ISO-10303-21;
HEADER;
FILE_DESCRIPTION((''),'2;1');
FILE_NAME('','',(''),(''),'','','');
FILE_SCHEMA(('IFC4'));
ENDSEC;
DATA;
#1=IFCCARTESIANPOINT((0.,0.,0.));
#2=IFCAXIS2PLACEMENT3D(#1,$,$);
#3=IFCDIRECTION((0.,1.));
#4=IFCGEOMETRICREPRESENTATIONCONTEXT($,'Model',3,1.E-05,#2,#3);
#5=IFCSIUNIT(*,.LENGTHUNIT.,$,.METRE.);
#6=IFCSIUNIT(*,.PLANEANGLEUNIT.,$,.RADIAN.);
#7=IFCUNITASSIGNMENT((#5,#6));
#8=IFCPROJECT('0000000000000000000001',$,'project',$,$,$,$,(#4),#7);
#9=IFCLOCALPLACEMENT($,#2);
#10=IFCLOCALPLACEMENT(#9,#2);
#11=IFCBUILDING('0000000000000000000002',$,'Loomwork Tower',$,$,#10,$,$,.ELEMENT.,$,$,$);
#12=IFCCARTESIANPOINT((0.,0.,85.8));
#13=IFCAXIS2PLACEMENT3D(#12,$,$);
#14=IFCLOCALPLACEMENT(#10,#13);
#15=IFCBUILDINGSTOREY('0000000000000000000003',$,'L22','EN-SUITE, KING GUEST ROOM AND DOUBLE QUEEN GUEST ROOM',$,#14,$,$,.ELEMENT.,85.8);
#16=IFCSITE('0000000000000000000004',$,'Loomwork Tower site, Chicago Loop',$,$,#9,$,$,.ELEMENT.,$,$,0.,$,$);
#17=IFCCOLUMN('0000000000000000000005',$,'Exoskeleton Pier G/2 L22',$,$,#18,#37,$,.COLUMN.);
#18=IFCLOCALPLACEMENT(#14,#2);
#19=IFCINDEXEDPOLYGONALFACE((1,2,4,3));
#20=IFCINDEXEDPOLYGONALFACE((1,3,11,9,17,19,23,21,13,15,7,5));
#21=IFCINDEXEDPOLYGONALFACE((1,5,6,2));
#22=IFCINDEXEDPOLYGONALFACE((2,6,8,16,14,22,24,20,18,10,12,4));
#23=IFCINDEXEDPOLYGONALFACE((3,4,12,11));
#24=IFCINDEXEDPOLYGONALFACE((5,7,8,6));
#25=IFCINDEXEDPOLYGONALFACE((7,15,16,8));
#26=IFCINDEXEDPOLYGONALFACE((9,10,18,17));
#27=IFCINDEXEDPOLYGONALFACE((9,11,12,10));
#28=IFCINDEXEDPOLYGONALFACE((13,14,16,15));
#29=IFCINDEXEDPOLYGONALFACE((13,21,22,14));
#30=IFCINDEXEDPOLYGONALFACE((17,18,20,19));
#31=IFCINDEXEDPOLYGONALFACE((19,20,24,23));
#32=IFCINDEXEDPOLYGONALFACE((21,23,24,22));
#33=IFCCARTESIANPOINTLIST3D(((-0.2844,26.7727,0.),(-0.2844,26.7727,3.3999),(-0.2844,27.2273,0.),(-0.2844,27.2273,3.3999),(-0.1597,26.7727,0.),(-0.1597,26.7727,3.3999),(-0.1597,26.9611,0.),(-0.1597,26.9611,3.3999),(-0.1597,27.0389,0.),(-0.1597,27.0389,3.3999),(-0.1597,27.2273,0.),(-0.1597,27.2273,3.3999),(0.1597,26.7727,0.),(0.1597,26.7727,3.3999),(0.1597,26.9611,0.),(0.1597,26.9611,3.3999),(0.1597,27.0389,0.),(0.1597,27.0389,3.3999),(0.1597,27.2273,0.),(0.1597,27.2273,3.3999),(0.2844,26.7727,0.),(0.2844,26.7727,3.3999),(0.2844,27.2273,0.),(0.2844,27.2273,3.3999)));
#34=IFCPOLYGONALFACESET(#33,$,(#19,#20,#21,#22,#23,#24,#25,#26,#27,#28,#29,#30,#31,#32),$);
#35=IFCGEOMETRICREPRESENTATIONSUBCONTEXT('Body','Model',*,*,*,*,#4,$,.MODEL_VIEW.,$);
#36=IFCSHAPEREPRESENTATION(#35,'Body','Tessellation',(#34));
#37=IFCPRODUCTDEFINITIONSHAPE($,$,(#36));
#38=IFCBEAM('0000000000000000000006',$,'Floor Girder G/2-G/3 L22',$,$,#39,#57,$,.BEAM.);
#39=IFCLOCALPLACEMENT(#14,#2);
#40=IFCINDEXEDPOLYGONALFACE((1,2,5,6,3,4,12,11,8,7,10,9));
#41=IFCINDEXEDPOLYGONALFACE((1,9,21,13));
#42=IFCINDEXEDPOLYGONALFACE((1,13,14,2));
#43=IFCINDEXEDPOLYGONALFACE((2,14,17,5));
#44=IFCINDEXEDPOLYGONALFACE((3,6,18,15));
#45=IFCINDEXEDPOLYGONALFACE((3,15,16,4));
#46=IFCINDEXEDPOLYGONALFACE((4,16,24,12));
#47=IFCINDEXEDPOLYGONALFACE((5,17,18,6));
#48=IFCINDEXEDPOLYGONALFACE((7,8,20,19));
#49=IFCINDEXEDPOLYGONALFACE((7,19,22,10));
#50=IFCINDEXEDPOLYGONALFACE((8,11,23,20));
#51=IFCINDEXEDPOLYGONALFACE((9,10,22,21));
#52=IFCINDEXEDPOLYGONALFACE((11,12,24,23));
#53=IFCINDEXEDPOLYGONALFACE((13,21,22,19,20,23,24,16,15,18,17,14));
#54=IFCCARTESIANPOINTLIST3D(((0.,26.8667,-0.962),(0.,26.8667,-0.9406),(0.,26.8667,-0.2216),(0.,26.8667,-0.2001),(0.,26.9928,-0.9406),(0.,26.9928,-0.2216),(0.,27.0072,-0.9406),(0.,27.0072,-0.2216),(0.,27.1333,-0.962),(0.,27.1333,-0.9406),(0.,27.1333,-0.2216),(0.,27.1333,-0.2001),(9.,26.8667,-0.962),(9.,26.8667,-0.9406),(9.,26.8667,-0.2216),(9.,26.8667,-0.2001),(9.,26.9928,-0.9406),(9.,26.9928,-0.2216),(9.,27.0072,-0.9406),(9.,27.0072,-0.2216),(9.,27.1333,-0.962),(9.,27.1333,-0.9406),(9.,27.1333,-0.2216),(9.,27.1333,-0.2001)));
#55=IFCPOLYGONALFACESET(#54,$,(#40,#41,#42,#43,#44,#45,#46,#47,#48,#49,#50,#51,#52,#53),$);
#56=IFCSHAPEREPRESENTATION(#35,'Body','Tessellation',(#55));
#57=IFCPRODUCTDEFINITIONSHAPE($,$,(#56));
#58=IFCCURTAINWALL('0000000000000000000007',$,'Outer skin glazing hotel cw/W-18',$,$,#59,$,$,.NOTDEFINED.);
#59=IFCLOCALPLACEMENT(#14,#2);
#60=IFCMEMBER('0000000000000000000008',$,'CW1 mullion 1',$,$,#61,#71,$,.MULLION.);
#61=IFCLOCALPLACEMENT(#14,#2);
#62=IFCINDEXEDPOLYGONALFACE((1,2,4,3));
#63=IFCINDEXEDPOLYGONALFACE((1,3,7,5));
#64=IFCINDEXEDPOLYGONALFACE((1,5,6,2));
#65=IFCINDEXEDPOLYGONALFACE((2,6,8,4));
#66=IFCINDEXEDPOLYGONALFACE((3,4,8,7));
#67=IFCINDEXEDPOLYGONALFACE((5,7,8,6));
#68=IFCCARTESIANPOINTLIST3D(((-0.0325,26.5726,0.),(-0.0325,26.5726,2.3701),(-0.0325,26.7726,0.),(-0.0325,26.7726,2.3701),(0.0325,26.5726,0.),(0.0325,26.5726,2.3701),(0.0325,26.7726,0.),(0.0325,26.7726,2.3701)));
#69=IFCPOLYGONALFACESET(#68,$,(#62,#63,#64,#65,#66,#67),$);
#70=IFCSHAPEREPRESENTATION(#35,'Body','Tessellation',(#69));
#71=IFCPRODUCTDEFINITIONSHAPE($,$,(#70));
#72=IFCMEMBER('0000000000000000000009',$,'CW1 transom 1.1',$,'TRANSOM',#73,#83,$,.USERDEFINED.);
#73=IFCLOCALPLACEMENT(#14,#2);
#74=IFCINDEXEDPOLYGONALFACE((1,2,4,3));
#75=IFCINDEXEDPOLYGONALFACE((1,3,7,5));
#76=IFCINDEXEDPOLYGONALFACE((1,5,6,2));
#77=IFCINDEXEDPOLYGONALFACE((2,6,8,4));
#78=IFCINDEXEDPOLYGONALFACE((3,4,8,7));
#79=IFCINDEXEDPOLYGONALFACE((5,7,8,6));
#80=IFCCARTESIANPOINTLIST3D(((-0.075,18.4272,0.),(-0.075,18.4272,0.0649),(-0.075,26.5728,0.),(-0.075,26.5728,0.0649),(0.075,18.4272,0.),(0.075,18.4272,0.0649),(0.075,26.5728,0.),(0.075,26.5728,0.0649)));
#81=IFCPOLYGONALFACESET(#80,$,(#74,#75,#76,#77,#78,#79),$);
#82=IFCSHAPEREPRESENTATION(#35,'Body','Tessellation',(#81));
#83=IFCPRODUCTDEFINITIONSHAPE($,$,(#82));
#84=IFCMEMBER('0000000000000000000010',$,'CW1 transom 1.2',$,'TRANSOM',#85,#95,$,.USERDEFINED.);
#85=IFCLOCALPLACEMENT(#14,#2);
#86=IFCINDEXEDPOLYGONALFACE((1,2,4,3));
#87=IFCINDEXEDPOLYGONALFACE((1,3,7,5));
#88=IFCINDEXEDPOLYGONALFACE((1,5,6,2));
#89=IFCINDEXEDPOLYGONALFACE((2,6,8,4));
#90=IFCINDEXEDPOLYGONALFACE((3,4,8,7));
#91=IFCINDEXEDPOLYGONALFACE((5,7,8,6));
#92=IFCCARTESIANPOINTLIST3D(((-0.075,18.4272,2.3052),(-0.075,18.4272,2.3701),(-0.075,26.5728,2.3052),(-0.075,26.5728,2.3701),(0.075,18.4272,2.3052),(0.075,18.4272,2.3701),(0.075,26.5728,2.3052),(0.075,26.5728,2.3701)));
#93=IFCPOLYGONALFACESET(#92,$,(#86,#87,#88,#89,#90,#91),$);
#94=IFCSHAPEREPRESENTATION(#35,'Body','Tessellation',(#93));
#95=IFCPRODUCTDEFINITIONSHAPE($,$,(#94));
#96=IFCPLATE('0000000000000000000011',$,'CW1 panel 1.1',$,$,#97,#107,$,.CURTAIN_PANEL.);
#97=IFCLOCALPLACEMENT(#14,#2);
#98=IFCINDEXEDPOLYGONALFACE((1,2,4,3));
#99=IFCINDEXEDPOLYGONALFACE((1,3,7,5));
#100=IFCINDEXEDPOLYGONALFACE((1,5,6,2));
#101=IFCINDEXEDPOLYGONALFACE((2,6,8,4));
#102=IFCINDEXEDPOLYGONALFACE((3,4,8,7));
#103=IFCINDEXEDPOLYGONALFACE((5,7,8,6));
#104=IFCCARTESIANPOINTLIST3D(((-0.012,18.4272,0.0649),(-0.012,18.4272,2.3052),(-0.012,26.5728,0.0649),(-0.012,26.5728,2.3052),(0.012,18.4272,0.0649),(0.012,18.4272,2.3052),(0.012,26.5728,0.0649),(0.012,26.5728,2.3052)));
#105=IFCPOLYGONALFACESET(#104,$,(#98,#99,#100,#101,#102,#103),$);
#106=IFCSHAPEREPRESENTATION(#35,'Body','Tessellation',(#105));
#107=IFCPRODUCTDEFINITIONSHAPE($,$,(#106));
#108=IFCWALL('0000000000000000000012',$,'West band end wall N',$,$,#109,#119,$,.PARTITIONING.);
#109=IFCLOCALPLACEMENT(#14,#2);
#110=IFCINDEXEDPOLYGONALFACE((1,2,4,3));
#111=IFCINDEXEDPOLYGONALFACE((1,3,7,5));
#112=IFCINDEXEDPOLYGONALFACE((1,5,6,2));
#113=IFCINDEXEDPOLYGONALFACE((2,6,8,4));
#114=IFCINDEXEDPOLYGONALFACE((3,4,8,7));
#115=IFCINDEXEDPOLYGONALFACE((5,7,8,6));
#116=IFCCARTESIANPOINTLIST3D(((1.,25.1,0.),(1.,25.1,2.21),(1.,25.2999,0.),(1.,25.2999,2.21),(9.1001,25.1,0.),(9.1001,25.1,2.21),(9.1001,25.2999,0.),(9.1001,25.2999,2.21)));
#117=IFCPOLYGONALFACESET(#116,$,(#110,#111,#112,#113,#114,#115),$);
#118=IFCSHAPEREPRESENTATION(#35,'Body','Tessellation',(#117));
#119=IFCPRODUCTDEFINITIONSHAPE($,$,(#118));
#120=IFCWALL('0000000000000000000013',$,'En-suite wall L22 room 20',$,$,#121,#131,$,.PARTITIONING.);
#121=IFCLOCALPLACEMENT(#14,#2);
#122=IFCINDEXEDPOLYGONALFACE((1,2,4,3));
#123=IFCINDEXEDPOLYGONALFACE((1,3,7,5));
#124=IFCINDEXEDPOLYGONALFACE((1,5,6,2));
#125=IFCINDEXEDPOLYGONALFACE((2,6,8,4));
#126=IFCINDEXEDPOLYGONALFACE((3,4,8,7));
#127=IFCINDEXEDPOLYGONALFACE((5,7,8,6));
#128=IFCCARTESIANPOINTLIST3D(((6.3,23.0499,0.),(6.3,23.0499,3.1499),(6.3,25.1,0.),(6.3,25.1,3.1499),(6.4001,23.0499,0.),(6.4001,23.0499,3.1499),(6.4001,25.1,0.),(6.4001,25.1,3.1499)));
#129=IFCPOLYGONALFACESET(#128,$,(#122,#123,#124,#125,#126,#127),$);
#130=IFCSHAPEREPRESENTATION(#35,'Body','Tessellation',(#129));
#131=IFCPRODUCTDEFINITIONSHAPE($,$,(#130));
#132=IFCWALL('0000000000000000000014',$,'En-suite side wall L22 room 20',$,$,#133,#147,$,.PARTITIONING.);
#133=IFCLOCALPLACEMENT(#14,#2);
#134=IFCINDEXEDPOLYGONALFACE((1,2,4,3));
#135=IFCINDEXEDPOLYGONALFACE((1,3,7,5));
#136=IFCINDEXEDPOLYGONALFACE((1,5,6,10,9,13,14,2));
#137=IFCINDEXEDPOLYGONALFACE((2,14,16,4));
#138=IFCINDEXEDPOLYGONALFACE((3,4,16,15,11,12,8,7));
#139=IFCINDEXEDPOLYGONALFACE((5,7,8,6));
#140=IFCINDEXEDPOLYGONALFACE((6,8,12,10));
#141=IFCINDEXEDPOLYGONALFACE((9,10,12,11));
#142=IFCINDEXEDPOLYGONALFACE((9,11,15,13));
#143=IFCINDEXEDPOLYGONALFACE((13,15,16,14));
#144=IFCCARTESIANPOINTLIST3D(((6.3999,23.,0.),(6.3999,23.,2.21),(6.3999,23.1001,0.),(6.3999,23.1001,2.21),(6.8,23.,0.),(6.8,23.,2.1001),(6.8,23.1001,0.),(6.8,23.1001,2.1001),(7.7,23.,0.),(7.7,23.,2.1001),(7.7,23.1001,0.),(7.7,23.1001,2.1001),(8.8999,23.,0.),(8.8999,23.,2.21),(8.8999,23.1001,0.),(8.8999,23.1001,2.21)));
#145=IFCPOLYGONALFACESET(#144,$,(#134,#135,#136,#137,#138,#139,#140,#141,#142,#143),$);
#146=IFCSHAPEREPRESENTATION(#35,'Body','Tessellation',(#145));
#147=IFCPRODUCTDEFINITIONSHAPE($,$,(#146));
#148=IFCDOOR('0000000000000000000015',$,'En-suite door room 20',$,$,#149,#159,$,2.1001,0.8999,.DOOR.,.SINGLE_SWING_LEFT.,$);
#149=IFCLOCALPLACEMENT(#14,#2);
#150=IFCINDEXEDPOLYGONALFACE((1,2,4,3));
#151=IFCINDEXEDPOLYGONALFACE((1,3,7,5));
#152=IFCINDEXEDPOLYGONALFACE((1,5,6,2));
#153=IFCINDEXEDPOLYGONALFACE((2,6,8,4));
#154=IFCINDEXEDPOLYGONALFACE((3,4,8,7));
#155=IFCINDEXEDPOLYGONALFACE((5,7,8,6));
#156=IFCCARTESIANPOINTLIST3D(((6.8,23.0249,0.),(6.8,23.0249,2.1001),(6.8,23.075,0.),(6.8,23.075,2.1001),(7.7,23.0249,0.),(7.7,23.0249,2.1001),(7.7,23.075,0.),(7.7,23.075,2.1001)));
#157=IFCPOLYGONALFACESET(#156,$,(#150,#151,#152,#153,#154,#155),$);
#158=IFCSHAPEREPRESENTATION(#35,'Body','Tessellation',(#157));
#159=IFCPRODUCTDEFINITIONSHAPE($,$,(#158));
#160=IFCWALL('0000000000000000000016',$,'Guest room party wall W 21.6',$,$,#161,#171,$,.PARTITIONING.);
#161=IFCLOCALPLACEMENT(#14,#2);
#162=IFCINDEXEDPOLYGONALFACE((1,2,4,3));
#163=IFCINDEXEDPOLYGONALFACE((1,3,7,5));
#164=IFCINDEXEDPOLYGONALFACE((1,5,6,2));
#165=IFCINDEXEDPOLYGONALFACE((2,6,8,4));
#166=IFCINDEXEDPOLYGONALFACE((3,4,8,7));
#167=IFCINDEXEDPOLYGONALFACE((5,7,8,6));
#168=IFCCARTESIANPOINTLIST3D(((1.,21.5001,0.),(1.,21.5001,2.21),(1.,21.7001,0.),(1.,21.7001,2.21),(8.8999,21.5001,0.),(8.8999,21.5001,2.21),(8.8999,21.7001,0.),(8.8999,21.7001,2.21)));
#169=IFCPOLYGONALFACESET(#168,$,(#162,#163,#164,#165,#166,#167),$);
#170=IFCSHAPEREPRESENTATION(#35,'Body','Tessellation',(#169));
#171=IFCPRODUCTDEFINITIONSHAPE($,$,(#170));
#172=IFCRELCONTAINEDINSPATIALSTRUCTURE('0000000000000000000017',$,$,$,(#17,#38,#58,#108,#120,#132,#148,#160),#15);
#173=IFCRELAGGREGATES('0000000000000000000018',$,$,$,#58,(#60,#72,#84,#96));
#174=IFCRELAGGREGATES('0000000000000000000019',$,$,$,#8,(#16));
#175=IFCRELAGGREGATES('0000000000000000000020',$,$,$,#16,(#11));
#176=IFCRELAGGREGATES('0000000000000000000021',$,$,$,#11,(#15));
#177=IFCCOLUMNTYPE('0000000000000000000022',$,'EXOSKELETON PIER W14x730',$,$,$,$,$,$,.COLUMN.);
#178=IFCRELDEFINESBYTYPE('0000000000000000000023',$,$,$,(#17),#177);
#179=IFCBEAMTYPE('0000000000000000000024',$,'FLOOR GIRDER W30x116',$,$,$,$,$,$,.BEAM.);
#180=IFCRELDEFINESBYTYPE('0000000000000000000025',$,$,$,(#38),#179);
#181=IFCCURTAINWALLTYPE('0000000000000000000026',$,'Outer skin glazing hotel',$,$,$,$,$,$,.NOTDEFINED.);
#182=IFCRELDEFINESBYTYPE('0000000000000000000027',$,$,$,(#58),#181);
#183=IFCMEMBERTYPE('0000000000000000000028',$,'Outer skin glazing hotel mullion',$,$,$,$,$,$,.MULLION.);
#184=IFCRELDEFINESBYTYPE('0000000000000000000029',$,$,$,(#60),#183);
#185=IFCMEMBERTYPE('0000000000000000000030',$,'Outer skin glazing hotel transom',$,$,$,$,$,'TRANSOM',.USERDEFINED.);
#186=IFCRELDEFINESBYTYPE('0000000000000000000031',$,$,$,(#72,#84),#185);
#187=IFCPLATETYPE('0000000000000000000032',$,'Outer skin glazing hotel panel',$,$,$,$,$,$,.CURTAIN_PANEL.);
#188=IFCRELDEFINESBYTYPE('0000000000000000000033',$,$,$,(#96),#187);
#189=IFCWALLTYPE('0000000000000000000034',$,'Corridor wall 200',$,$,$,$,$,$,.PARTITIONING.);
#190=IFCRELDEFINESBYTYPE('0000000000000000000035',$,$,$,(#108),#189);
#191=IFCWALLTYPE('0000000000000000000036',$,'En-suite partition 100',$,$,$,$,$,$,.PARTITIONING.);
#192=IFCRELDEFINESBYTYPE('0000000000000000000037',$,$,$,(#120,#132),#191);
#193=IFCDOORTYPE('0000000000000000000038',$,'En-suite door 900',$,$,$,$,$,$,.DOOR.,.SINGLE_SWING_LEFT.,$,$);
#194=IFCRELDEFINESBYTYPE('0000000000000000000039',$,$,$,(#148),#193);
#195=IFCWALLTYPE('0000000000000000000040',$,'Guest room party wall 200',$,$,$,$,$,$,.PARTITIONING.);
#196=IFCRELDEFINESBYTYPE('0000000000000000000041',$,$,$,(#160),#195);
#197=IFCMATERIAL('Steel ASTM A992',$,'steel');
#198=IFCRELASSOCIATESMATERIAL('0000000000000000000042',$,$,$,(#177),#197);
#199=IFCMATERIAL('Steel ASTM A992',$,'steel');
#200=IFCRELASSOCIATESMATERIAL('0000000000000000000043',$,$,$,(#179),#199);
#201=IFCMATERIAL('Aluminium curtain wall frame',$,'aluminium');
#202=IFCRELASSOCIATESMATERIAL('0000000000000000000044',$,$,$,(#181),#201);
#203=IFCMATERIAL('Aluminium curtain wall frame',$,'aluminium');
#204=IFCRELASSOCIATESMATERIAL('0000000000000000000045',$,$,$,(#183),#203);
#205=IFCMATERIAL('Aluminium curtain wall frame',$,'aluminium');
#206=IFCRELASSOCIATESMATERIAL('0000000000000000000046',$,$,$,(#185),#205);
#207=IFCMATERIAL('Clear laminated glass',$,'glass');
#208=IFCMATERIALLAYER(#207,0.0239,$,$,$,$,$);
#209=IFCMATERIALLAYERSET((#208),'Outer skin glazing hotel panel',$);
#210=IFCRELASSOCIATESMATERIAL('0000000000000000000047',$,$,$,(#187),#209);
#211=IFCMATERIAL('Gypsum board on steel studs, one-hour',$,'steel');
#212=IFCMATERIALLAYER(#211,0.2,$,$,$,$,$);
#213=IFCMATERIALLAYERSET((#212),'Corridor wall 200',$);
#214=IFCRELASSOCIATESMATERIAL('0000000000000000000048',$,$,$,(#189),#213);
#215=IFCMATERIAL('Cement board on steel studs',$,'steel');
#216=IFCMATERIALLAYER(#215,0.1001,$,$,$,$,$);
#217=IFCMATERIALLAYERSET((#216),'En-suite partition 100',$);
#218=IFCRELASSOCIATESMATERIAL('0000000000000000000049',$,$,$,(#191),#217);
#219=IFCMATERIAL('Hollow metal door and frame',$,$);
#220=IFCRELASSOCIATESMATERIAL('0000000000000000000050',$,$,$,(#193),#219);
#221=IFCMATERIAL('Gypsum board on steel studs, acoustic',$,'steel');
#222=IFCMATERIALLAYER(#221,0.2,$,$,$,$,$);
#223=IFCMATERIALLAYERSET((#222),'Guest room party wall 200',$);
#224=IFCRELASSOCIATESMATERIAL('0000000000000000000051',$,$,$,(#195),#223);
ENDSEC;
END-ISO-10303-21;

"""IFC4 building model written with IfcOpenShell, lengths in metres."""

from ifc_helpers import new_model, si_unit, direction, frame, frame_2d, origin, origin_2d, place, context, subcontext, project, spatial, rectangle, i_section, extrude, material, layer, layer_set, material_profile, profile_set, type_object, element, fill, aggregate, save


model = new_model("IFC4")

# Units and contexts
model_context = context("Model", 3, precision=1e-05, world=origin(), true_north=direction((0.0, 1.0)))
body_context = subcontext(model_context, "Body", "Model", "MODEL_VIEW")
ifc_project = project(units=[si_unit("LENGTHUNIT", "METRE"), si_unit("PLANEANGLEUNIT", "RADIAN")], contexts=[model_context])

# Site, building, storey
site_placement = place(None, origin())
site = spatial("IfcSite", under=ifc_project, at=site_placement, Name="Loomwork Tower site, Chicago Loop", CompositionType="ELEMENT", RefElevation=0.0)
building_placement = place(site_placement, origin())
building = spatial("IfcBuilding", under=site, at=building_placement, Name="Loomwork Tower", CompositionType="ELEMENT")
storey_placement = place(building_placement, frame((0.0, 0.0, 85.8)))
storey = spatial("IfcBuildingStorey", under=building, at=storey_placement, Name="L22", Description="EN-SUITE, KING GUEST ROOM AND DOUBLE QUEEN GUEST ROOM", CompositionType="ELEMENT", Elevation=85.8)

# Column
ifc_material_1 = material(Name="Steel ASTM A992", Category="steel")
ifc_material_profile_1 = material_profile(ifc_material_1, i_section(OverallWidth=0.4546, OverallDepth=0.5688, WebThickness=0.0779, FlangeThickness=0.1248, at=origin_2d()), Name="W14x730")
ifc_profile_set_1 = profile_set([ifc_material_profile_1], Name="Steel ASTM A992")
column_type = type_object("IfcColumnType", Name="EXOSKELETON PIER W14x730", PredefinedType="COLUMN", material=ifc_profile_set_1)
column_placement = place(storey_placement, frame((0.0, 27.0, 0.0), z_axis=(0.0, 0.0, 1.0), x_axis=(0.0, 1.0, 0.0)))
element("IfcColumn", 1, at=column_placement, inside=storey, type_object=column_type, Name="Exoskeleton Pier G/2 L22", PredefinedType="COLUMN", context=body_context, shape_type="SweptSolid", body=[
    extrude(i_section(OverallWidth=0.4546, OverallDepth=0.5688, WebThickness=0.0779, FlangeThickness=0.1248, at=origin_2d()), origin(), (0.0, 0.0, 1.0), 3.3999),
])

# Beam
ifc_material_2 = material(Name="Steel ASTM A992", Category="steel")
ifc_material_profile_2 = material_profile(ifc_material_2, i_section(OverallWidth=0.2666, OverallDepth=0.762, WebThickness=0.0144, FlangeThickness=0.0215, at=origin_2d()), Name="W30x116")
ifc_profile_set_2 = profile_set([ifc_material_profile_2], Name="Steel ASTM A992")
beam_type = type_object("IfcBeamType", Name="FLOOR GIRDER W30x116", PredefinedType="BEAM", material=ifc_profile_set_2)
beam_placement = place(storey_placement, frame((0.0, 27.0, -0.5811), z_axis=(1.0, 0.0, 0.0), x_axis=(0.0, 1.0, 0.0)))
element("IfcBeam", 2, at=beam_placement, inside=storey, type_object=beam_type, Name="Floor Girder G/2-G/3 L22", PredefinedType="BEAM", context=body_context, shape_type="SweptSolid", body=[
    extrude(i_section(OverallWidth=0.2666, OverallDepth=0.762, WebThickness=0.0144, FlangeThickness=0.0215, at=origin_2d()), origin(), (0.0, 0.0, 1.0), 9.0),
])

# Curtain wall, members, plate
ifc_material_3 = material(Name="Aluminium curtain wall frame", Category="aluminium")
curtain_wall_type = type_object("IfcCurtainWallType", Name="Outer skin glazing hotel", PredefinedType="NOTDEFINED", material=ifc_material_3)
curtain_wall_placement = place(storey_placement, origin())
curtain_wall = element("IfcCurtainWall", 3, at=curtain_wall_placement, inside=storey, type_object=curtain_wall_type, Name="Outer skin glazing hotel cw/W-18", PredefinedType="NOTDEFINED")
ifc_material_4 = material(Name="Aluminium curtain wall frame", Category="aluminium")
ifc_material_profile_3 = material_profile(ifc_material_4, rectangle(XDim=0.0649, YDim=0.2, at=origin_2d()), Name="AL 65x200")
ifc_profile_set_3 = profile_set([ifc_material_profile_3], Name="Aluminium curtain wall frame")
member_type_1 = type_object("IfcMemberType", Name="Outer skin glazing hotel mullion", PredefinedType="MULLION", material=ifc_profile_set_3)
member_1_placement = place(storey_placement, frame((0.0, 26.6726, 0.0), z_axis=(0.0, 0.0, 1.0), x_axis=(1.0, 0.0, 0.0)))
member_1 = element("IfcMember", 4, at=member_1_placement, type_object=member_type_1, Name="CW1 mullion 1", PredefinedType="MULLION", context=body_context, shape_type="SweptSolid", body=[
    extrude(rectangle(XDim=0.0649, YDim=0.2, at=origin_2d()), origin(), (0.0, 0.0, 1.0), 2.3701),
])
ifc_material_5 = material(Name="Aluminium curtain wall frame", Category="aluminium")
ifc_material_profile_4 = material_profile(ifc_material_5, rectangle(XDim=0.1499, YDim=0.0649, at=origin_2d()), Name="AL 65x150")
ifc_profile_set_4 = profile_set([ifc_material_profile_4], Name="Aluminium curtain wall frame")
member_type_2 = type_object("IfcMemberType", Name="Outer skin glazing hotel transom", ElementType="TRANSOM", PredefinedType="USERDEFINED", material=ifc_profile_set_4)
member_2_placement = place(storey_placement, frame((0.0, 26.5728, 0.0325), z_axis=(0.0, -1.0, 0.0), x_axis=(1.0, 0.0, 0.0)))
member_2 = element("IfcMember", 5, at=member_2_placement, type_object=member_type_2, Name="CW1 transom 1.1", ObjectType="TRANSOM", PredefinedType="USERDEFINED", context=body_context, shape_type="SweptSolid", body=[
    extrude(rectangle(XDim=0.1499, YDim=0.0649, at=origin_2d()), origin(), (0.0, 0.0, 1.0), 8.1455),
])
member_3_placement = place(storey_placement, frame((0.0, 26.5728, 2.3376), z_axis=(0.0, -1.0, 0.0), x_axis=(1.0, 0.0, 0.0)))
member_3 = element("IfcMember", 6, at=member_3_placement, type_object=member_type_2, Name="CW1 transom 1.2", ObjectType="TRANSOM", PredefinedType="USERDEFINED", context=body_context, shape_type="SweptSolid", body=[
    extrude(rectangle(XDim=0.1499, YDim=0.0649, at=origin_2d()), origin(), (0.0, 0.0, 1.0), 8.1455),
])
ifc_material_6 = material(Name="Clear laminated glass", Category="glass")
ifc_layer_1 = layer(ifc_material_6, 0.0239)
ifc_layer_set_1 = layer_set([ifc_layer_1], Name="Outer skin glazing hotel panel")
plate_type = type_object("IfcPlateType", Name="Outer skin glazing hotel panel", PredefinedType="CURTAIN_PANEL", material=ifc_layer_set_1)
plate_placement = place(storey_placement, frame((0.0, 22.5, 0.0649), z_axis=(0.0, 0.0, 1.0), x_axis=(0.0, -1.0, 0.0)))
plate = element("IfcPlate", 7, at=plate_placement, type_object=plate_type, Name="CW1 panel 1.1", PredefinedType="CURTAIN_PANEL", context=body_context, shape_type="SweptSolid", body=[
    extrude(rectangle(XDim=8.1455, YDim=0.0239, at=origin_2d()), origin(), (0.0, 0.0, 1.0), 2.2402),
])
aggregate(curtain_wall, [member_1, member_2, member_3, plate])

# Walls
ifc_material_7 = material(Name="Gypsum board on steel studs, one-hour", Category="steel")
ifc_layer_2 = layer(ifc_material_7, 0.2)
ifc_layer_set_2 = layer_set([ifc_layer_2], Name="Corridor wall 200")
wall_type_1 = type_object("IfcWallType", Name="Corridor wall 200", PredefinedType="PARTITIONING", material=ifc_layer_set_2)
wall_1_placement = place(storey_placement, frame((1.0, 25.2, 0.0), z_axis=(0.0, 0.0, 1.0), x_axis=(1.0, 0.0, 0.0)))
element("IfcWall", 8, at=wall_1_placement, inside=storey, type_object=wall_type_1, Name="West band end wall N", PredefinedType="PARTITIONING", context=body_context, shape_type="SweptSolid", body=[
    extrude(rectangle(XDim=8.1001, YDim=0.2, at=frame_2d((4.05, 0.0))), origin(), (0.0, 0.0, 1.0), 2.21),
])
ifc_material_8 = material(Name="Cement board on steel studs", Category="steel")
ifc_layer_3 = layer(ifc_material_8, 0.1001)
ifc_layer_set_3 = layer_set([ifc_layer_3], Name="En-suite partition 100")
wall_type_2 = type_object("IfcWallType", Name="En-suite partition 100", PredefinedType="PARTITIONING", material=ifc_layer_set_3)
wall_2_placement = place(storey_placement, frame((6.3501, 23.05, 0.0), z_axis=(0.0, 0.0, 1.0), x_axis=(0.0, 1.0, 0.0)))
element("IfcWall", 9, at=wall_2_placement, inside=storey, type_object=wall_type_2, Name="En-suite wall L22 room 20", PredefinedType="PARTITIONING", context=body_context, shape_type="SweptSolid", body=[
    extrude(rectangle(XDim=2.05, YDim=0.1001, at=frame_2d((1.0249, 0.0))), origin(), (0.0, 0.0, 1.0), 3.1499),
])

# Wall, opening, door
wall_3_placement = place(storey_placement, frame((8.8999, 23.05, 0.0), z_axis=(0.0, 0.0, 1.0), x_axis=(-1.0, 0.0, 0.0)))
wall_3 = element("IfcWall", 10, at=wall_3_placement, inside=storey, type_object=wall_type_2, Name="En-suite side wall L22 room 20", PredefinedType="PARTITIONING", context=body_context, shape_type="SweptSolid", body=[
    extrude(rectangle(XDim=2.5, YDim=0.1001, at=frame_2d((1.25, 0.0))), origin(), (0.0, 0.0, 1.0), 2.21),
])
opening_placement = place(wall_3_placement, frame((1.2, 0.0, 0.0)))
opening = element("IfcOpeningElement", 11, at=opening_placement, cuts=wall_3, PredefinedType="OPENING", context=body_context, shape_type="SweptSolid", body=[
    extrude(rectangle(XDim=0.8999, YDim=2.1001, at=frame_2d((0.45, 1.05))), frame((0.0, 0.0601, 0.0), z_axis=(0.0, -1.0, 0.0), x_axis=(1.0, 0.0, 0.0)), (0.0, 0.0, 1.0), 0.1201),
])
ifc_material_9 = material(Name="Hollow metal door and frame")
door_type = type_object("IfcDoorType", Name="En-suite door 900", OperationType="SINGLE_SWING_LEFT", PredefinedType="DOOR", material=ifc_material_9)
door_placement = place(opening_placement, frame((0.8999, 0.0, 0.0), z_axis=(0.0, 0.0, 1.0), x_axis=(-1.0, 0.0, 0.0)))
door = element("IfcDoor", 12, at=door_placement, inside=storey, type_object=door_type, Name="En-suite door room 20", OperationType="SINGLE_SWING_LEFT", OverallHeight=2.1001, OverallWidth=0.8999, PredefinedType="DOOR", context=body_context, shape_type="SweptSolid", body=[
    extrude(rectangle(XDim=0.8999, YDim=2.1001, at=frame_2d((0.45, 1.05))), frame((0.0, 0.0249, 0.0), z_axis=(0.0, -1.0, 0.0), x_axis=(1.0, 0.0, 0.0)), (0.0, 0.0, 1.0), 0.05),
])
fill(opening, door)

# Wall
ifc_material_10 = material(Name="Gypsum board on steel studs, acoustic", Category="steel")
ifc_layer_4 = layer(ifc_material_10, 0.2)
ifc_layer_set_4 = layer_set([ifc_layer_4], Name="Guest room party wall 200")
wall_type_3 = type_object("IfcWallType", Name="Guest room party wall 200", PredefinedType="PARTITIONING", material=ifc_layer_set_4)
wall_4_placement = place(storey_placement, frame((8.8999, 21.6001, 0.0), z_axis=(0.0, 0.0, 1.0), x_axis=(-1.0, 0.0, 0.0)))
element("IfcWall", 13, at=wall_4_placement, inside=storey, type_object=wall_type_3, Name="Guest room party wall W 21.6", PredefinedType="PARTITIONING", context=body_context, shape_type="SweptSolid", body=[
    extrude(rectangle(XDim=7.8999, YDim=0.2, at=frame_2d((3.95, 0.0))), origin(), (0.0, 0.0, 1.0), 2.21),
])

save(model, "model.ifc")
